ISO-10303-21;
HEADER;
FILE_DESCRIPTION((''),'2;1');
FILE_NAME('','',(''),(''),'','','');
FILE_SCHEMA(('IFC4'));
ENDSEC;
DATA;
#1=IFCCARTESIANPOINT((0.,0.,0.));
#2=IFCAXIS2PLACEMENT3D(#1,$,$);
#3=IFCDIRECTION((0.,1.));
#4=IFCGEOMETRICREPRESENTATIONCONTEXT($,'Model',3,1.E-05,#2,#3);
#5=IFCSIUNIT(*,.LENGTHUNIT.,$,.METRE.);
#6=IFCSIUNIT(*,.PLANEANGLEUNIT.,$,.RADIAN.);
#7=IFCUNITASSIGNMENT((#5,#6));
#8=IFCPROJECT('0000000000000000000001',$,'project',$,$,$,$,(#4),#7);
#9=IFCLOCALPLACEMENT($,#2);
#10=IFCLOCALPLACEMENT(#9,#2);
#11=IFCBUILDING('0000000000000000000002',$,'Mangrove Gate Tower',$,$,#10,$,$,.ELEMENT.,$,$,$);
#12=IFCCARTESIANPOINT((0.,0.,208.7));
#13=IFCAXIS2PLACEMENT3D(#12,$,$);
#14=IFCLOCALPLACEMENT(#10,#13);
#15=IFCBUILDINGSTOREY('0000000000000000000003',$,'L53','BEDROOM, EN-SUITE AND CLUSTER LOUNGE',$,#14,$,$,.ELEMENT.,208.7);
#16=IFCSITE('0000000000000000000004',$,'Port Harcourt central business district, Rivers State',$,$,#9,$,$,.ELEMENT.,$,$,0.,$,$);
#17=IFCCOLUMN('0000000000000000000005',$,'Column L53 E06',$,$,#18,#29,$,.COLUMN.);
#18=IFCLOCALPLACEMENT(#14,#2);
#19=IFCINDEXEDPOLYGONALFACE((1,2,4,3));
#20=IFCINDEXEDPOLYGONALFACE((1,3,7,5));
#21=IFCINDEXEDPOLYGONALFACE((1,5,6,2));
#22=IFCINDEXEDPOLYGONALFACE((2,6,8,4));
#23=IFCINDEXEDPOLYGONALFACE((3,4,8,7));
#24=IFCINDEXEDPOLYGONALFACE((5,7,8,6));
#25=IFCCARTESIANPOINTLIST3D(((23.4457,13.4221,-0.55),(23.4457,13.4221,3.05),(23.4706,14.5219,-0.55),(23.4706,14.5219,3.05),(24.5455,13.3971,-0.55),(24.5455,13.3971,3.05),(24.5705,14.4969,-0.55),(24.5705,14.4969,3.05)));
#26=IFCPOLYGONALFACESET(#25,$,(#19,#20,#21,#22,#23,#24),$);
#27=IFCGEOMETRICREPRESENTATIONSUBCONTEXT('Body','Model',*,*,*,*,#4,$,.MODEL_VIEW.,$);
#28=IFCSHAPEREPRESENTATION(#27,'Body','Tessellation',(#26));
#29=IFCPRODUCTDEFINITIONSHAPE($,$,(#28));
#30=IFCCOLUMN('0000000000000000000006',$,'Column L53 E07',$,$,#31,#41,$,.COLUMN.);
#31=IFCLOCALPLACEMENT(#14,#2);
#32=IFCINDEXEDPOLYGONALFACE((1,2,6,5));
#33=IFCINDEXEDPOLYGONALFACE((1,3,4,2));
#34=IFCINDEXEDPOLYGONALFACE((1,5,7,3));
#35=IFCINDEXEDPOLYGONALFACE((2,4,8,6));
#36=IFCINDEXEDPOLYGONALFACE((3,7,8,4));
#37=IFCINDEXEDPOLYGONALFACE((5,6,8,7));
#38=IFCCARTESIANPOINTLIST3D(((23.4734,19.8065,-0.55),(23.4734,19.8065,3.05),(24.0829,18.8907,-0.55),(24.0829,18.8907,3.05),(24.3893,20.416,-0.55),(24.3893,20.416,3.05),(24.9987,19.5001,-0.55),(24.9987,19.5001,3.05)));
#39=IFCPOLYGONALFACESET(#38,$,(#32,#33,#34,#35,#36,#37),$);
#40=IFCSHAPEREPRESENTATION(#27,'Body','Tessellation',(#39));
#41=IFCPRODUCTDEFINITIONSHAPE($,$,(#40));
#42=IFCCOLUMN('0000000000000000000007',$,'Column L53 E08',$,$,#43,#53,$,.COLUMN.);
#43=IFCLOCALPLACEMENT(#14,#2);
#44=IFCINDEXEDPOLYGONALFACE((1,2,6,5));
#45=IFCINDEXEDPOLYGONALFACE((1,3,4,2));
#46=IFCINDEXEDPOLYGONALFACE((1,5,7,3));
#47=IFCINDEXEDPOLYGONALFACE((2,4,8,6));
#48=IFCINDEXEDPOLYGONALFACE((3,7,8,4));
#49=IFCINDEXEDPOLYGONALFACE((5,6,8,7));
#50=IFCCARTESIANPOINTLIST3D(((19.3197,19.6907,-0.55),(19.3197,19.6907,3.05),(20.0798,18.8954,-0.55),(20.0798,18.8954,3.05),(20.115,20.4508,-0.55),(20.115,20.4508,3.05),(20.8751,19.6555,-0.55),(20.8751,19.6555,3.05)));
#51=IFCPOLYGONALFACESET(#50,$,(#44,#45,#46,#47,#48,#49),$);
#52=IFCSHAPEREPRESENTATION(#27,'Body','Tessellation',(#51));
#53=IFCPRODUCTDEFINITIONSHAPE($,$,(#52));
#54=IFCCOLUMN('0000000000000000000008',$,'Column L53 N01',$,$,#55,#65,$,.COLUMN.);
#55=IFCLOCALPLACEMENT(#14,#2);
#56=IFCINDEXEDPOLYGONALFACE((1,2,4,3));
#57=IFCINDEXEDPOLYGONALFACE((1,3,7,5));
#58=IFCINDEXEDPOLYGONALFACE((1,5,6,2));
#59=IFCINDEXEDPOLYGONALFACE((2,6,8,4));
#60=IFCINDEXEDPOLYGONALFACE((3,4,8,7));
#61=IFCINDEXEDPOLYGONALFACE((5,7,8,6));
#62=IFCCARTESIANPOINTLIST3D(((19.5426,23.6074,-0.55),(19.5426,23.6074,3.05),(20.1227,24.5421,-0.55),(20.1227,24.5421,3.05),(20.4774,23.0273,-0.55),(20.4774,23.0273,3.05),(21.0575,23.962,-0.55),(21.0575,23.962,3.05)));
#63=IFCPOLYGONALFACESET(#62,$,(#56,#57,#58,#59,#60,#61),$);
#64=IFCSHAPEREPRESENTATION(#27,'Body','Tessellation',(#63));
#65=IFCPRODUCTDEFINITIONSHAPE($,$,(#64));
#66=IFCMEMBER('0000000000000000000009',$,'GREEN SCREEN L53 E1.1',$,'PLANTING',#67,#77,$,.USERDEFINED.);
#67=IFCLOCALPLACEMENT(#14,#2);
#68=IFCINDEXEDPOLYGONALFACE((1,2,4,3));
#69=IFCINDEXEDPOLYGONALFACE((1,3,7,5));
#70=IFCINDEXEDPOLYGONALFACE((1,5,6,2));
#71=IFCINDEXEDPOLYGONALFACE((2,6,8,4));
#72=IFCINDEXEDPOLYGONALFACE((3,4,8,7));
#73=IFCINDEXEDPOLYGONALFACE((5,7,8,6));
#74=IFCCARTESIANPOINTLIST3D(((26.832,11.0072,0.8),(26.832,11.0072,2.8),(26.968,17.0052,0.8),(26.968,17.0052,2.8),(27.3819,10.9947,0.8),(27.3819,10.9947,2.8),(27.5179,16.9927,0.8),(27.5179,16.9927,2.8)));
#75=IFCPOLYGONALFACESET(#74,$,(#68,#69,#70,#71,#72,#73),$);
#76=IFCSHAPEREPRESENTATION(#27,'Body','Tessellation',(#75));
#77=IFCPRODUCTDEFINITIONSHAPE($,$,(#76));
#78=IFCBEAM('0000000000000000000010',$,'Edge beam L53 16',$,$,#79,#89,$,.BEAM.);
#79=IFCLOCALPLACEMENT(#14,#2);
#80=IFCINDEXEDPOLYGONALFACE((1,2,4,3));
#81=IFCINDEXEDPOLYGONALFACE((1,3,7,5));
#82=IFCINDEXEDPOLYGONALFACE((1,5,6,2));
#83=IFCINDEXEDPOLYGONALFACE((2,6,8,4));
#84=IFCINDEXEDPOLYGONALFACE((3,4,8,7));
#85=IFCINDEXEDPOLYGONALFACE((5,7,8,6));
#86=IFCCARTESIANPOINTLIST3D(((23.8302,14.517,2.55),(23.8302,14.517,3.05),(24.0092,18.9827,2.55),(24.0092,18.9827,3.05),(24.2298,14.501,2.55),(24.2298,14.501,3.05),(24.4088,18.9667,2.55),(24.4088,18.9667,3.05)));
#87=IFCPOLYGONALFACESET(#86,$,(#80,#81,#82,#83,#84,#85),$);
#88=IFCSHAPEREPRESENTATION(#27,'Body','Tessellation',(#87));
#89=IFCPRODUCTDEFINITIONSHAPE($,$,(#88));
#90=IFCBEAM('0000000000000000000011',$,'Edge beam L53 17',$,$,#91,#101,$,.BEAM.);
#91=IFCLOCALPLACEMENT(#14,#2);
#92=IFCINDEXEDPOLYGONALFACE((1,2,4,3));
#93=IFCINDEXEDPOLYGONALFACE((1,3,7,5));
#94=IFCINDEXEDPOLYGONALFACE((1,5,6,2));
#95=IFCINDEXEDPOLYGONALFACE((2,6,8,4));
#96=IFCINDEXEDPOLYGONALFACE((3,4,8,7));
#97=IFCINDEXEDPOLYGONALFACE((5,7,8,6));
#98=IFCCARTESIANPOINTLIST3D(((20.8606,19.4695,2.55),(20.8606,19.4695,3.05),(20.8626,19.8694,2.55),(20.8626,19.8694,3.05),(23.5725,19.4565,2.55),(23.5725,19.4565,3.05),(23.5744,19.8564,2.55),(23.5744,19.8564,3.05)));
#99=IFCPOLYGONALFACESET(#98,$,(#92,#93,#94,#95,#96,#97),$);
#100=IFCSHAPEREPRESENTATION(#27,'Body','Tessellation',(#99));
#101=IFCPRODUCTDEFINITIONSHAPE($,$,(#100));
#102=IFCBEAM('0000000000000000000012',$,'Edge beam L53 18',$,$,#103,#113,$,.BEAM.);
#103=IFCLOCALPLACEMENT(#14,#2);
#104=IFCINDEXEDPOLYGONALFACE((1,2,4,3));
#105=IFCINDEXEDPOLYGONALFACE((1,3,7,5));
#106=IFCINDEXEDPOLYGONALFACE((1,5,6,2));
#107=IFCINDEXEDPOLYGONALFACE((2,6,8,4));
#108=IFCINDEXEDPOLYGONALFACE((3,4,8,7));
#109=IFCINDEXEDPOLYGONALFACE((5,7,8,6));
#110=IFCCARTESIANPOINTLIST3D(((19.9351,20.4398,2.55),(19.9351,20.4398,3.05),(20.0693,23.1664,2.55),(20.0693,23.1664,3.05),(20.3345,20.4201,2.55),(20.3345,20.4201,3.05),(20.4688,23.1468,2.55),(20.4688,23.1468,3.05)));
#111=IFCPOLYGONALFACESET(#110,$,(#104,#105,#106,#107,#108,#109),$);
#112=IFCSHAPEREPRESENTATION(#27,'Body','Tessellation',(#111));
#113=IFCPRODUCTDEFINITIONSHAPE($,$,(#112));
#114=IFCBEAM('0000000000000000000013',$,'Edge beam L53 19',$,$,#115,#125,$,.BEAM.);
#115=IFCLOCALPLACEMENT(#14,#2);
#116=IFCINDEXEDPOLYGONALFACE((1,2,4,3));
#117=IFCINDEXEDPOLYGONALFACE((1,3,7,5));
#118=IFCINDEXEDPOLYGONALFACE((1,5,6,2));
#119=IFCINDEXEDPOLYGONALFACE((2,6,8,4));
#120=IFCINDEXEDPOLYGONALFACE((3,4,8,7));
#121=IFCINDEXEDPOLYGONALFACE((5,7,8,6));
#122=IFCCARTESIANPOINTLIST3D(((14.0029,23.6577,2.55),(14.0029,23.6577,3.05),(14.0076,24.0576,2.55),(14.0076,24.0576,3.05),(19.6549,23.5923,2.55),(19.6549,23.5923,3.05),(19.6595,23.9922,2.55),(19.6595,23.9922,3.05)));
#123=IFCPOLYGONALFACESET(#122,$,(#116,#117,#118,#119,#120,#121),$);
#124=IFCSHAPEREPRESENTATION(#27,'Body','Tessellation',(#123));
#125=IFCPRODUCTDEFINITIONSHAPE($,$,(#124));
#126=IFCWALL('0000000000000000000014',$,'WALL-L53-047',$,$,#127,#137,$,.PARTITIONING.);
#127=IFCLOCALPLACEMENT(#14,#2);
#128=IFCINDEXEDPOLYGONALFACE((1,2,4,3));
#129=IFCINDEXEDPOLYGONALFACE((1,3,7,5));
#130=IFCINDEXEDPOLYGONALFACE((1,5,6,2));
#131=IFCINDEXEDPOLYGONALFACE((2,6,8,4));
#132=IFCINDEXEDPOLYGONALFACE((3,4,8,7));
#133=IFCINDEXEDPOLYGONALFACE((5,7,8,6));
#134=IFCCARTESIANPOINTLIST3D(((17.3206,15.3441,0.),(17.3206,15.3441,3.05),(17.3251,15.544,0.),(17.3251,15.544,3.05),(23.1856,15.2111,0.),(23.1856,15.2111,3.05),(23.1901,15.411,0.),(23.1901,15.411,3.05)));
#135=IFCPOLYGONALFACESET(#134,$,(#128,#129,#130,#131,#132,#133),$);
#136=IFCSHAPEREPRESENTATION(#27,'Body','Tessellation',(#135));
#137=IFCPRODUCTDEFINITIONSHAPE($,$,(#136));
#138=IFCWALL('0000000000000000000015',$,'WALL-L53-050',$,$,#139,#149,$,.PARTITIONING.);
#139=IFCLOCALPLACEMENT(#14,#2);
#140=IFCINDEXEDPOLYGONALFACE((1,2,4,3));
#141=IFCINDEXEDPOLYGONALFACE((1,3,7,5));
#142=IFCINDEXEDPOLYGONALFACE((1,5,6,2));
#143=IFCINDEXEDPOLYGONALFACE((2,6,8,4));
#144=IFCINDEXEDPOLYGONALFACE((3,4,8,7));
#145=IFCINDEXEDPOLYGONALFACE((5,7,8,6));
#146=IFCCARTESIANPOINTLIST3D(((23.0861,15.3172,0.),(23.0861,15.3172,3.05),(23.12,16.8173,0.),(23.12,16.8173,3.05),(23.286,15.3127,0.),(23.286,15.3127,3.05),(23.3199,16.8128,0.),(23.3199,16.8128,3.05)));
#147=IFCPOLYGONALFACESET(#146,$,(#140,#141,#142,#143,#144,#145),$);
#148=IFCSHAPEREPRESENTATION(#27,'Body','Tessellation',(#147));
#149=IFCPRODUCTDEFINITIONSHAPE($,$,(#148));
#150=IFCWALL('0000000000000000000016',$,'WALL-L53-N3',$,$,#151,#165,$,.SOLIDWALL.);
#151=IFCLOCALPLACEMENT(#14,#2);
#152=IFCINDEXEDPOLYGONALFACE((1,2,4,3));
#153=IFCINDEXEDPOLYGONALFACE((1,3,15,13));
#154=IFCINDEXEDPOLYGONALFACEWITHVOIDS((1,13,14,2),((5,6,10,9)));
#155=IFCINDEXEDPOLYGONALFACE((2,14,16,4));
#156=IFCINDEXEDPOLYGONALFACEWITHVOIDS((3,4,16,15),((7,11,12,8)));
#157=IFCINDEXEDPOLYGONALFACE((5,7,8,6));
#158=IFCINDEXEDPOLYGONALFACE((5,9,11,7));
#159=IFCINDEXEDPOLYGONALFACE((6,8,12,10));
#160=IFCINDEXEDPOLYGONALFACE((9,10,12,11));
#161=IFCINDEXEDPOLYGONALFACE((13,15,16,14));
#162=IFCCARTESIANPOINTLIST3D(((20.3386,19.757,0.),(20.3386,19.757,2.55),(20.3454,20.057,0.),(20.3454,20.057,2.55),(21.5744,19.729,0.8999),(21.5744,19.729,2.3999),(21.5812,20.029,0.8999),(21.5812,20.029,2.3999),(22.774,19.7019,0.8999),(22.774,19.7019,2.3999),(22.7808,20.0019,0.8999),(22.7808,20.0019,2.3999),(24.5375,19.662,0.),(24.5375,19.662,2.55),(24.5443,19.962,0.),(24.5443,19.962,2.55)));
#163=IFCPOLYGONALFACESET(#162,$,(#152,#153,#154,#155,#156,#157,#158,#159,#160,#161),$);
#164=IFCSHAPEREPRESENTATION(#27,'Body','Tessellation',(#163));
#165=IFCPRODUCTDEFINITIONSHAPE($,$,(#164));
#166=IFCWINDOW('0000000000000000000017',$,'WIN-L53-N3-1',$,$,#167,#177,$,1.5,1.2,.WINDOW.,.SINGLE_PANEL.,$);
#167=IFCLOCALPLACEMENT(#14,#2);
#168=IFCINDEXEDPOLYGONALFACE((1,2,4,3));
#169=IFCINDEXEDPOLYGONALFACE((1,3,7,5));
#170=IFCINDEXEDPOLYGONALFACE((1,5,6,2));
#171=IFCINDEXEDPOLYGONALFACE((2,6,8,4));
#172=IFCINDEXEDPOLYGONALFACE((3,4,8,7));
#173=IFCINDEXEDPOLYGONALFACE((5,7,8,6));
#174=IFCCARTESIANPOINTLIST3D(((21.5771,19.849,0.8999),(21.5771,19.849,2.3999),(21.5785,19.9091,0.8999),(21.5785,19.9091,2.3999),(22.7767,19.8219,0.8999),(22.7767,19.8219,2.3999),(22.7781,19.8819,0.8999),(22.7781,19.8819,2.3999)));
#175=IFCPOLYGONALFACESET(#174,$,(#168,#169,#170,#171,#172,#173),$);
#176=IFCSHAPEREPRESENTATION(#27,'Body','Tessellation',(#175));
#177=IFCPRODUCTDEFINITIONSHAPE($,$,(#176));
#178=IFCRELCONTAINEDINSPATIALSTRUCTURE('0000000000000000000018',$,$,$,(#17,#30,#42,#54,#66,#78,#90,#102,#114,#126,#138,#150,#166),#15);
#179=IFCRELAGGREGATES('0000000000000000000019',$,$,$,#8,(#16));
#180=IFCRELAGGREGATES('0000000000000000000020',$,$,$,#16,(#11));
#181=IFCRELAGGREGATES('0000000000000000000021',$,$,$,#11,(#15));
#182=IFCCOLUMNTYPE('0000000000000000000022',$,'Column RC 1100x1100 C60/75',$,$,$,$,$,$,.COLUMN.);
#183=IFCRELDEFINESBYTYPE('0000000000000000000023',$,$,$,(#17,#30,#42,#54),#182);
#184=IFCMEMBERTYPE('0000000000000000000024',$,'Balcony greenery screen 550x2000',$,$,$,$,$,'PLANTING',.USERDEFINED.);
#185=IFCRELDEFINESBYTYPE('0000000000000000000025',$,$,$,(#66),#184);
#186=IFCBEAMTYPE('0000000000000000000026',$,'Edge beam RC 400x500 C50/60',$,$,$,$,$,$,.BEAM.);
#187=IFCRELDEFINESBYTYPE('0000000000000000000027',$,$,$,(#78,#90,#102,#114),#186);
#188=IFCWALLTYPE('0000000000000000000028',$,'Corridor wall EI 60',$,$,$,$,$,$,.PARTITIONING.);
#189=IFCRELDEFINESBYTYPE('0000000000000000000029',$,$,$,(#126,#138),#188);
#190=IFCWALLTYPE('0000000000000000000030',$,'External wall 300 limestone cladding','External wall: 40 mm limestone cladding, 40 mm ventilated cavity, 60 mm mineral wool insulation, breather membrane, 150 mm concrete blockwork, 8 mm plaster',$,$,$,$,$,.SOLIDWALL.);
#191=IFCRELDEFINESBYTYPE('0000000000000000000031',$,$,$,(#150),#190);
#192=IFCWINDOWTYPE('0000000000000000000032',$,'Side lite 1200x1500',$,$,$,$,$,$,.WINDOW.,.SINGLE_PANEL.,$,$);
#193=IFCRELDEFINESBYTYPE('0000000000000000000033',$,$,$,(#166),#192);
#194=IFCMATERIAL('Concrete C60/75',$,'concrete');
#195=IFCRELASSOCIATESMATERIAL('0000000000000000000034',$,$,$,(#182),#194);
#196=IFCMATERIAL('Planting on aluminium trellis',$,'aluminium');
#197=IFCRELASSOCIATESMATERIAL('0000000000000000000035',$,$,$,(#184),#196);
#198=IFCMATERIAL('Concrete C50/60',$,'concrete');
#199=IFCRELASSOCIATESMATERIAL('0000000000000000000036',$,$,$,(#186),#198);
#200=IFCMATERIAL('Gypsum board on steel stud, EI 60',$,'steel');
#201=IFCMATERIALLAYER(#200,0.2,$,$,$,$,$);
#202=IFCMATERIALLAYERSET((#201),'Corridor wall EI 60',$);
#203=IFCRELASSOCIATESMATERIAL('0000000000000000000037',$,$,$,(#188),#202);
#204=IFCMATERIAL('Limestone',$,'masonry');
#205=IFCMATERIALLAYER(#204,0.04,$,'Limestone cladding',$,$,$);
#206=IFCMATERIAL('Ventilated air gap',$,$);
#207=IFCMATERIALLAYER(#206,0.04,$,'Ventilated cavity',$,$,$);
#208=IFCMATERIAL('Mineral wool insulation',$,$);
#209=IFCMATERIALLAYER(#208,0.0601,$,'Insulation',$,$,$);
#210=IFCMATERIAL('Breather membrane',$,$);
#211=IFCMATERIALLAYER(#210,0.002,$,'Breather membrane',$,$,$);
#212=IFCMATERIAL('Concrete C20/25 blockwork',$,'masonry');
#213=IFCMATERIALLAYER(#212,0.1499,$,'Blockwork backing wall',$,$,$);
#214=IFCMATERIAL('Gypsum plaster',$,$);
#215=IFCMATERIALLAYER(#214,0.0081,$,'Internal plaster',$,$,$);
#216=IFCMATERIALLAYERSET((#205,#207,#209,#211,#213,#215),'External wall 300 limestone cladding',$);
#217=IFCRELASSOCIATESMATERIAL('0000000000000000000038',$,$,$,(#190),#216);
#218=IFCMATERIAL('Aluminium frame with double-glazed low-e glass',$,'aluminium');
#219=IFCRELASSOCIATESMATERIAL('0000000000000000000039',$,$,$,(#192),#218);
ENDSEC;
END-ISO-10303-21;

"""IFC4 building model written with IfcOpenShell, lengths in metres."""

from ifc_helpers import new_model, si_unit, direction, frame, frame_2d, origin, origin_2d, place, context, subcontext, project, spatial, rectangle, extrude, material, layer, layer_set, material_profile, profile_set, type_object, element, fill, save


model = new_model("IFC4")

# Units and contexts
model_context = context("Model", 3, precision=1e-05, world=origin(), true_north=direction((0.0, 1.0)))
body_context = subcontext(model_context, "Body", "Model", "MODEL_VIEW")
ifc_project = project(units=[si_unit("LENGTHUNIT", "METRE"), si_unit("PLANEANGLEUNIT", "RADIAN")], contexts=[model_context])

# Site, building, storey
site_placement = place(None, origin())
site = spatial("IfcSite", under=ifc_project, at=site_placement, Name="Port Harcourt central business district, Rivers State", CompositionType="ELEMENT", RefElevation=0.0)
building_placement = place(site_placement, origin())
building = spatial("IfcBuilding", under=site, at=building_placement, Name="Mangrove Gate Tower", CompositionType="ELEMENT")
storey_placement = place(building_placement, frame((0.0, 0.0, 208.7)))
storey = spatial("IfcBuildingStorey", under=building, at=storey_placement, Name="L53", Description="BEDROOM, EN-SUITE AND CLUSTER LOUNGE", CompositionType="ELEMENT", Elevation=208.7)

# Columns
ifc_material_1 = material(Name="Concrete C60/75", Category="concrete")
ifc_material_profile_1 = material_profile(ifc_material_1, rectangle(XDim=1.1001, YDim=1.1001, at=origin_2d()))
ifc_profile_set_1 = profile_set([ifc_material_profile_1], Name="Concrete C60/75")
column_type = type_object("IfcColumnType", Name="Column RC 1100x1100 C60/75", PredefinedType="COLUMN", material=ifc_profile_set_1)
for number, where, z_axis, x_axis, name in (
    (1, (24.0081, 13.9595, -0.55), (0.0, 0.0, 1.0), (0.022704, 0.999742, 0.0), "Column L53 E06"),
    (2, (24.2361, 19.6533, -0.55), (0.0, 0.0, 1.0), (-0.553976, 0.832532, 0.0), "Column L53 E07"),
    (3, (20.0974, 19.6731, -0.55), (0.0, 0.0, 1.0), (-0.690932, 0.72292, 0.0), "Column L53 E08"),
    (4, (20.3, 23.7847, -0.55), (0.0, 0.0, 1.0), (-0.849672, 0.527312, 0.0), "Column L53 N01"),
):
    element("IfcColumn", number, at=place(storey_placement, frame(where, z_axis=z_axis, x_axis=x_axis)), inside=storey, type_object=column_type, Name=name, PredefinedType="COLUMN", context=body_context, shape_type="SweptSolid", body=[
        extrude(rectangle(XDim=1.1001, YDim=1.1001, at=origin_2d()), origin(), (0.0, 0.0, 1.0), 3.6001),
    ])

# Member
ifc_material_2 = material(Name="Planting on aluminium trellis", Category="aluminium")
ifc_material_profile_2 = material_profile(ifc_material_2, rectangle(XDim=0.55, YDim=2.0, at=origin_2d()))
ifc_profile_set_2 = profile_set([ifc_material_profile_2], Name="Planting on aluminium trellis")
member_type = type_object("IfcMemberType", Name="Balcony greenery screen 550x2000", ElementType="PLANTING", PredefinedType="USERDEFINED", material=ifc_profile_set_2)
member_placement = place(storey_placement, frame((27.1069, 11.001, 1.8), z_axis=(0.022666, 0.999743, 0.0), x_axis=(-0.999743, 0.022666, 0.0)))
element("IfcMember", 5, at=member_placement, inside=storey, type_object=member_type, Name="GREEN SCREEN L53 E1.1", ObjectType="PLANTING", PredefinedType="USERDEFINED", context=body_context, shape_type="SweptSolid", body=[
    extrude(rectangle(XDim=0.55, YDim=2.0, at=origin_2d()), origin(), (0.0, 0.0, 1.0), 5.9995),
])

# Beams
ifc_material_3 = material(Name="Concrete C50/60", Category="concrete")
ifc_material_profile_3 = material_profile(ifc_material_3, rectangle(XDim=0.3999, YDim=0.5, at=origin_2d()))
ifc_profile_set_3 = profile_set([ifc_material_profile_3], Name="Concrete C50/60")
beam_type = type_object("IfcBeamType", Name="Edge beam RC 400x500 C50/60", PredefinedType="BEAM", material=ifc_profile_set_3)
beam_1_placement = place(storey_placement, frame((24.03, 14.509, 2.8), z_axis=(0.040042, 0.999198, 0.0), x_axis=(-0.999198, 0.040042, 0.0)))
element("IfcBeam", 6, at=beam_1_placement, inside=storey, type_object=beam_type, Name="Edge beam L53 16", PredefinedType="BEAM", context=body_context, shape_type="SweptSolid", body=[
    extrude(rectangle(XDim=0.3999, YDim=0.5, at=origin_2d()), origin(), (0.0, 0.0, 1.0), 4.4692),
])
beam_2_placement = place(storey_placement, frame((23.5735, 19.6565, 2.8), z_axis=(-0.999989, 0.004771, 0.0), x_axis=(-0.004771, -0.999989, 0.0)))
element("IfcBeam", 7, at=beam_2_placement, inside=storey, type_object=beam_type, Name="Edge beam L53 17", PredefinedType="BEAM", context=body_context, shape_type="SweptSolid", body=[
    extrude(rectangle(XDim=0.3999, YDim=0.5, at=origin_2d()), origin(), (0.0, 0.0, 1.0), 2.7119),
])
beam_3_placement = place(storey_placement, frame((20.1348, 20.4299, 2.8), z_axis=(0.049188, 0.99879, 0.0), x_axis=(-0.99879, 0.049188, 0.0)))
element("IfcBeam", 8, at=beam_3_placement, inside=storey, type_object=beam_type, Name="Edge beam L53 18", PredefinedType="BEAM", context=body_context, shape_type="SweptSolid", body=[
    extrude(rectangle(XDim=0.3999, YDim=0.5, at=origin_2d()), origin(), (0.0, 0.0, 1.0), 2.73),
])
beam_4_placement = place(storey_placement, frame((19.6572, 23.7922, 2.8), z_axis=(-0.999933, 0.011576, 0.0), x_axis=(-0.011576, -0.999933, 0.0)))
element("IfcBeam", 9, at=beam_4_placement, inside=storey, type_object=beam_type, Name="Edge beam L53 19", PredefinedType="BEAM", context=body_context, shape_type="SweptSolid", body=[
    extrude(rectangle(XDim=0.3999, YDim=0.5, at=origin_2d()), origin(), (0.0, 0.0, 1.0), 5.6523),
])

# Walls
ifc_material_4 = material(Name="Gypsum board on steel stud, EI 60", Category="steel")
ifc_layer_1 = layer(ifc_material_4, 0.2)
ifc_layer_set_1 = layer_set([ifc_layer_1], Name="Corridor wall EI 60")
wall_type_1 = type_object("IfcWallType", Name="Corridor wall EI 60", PredefinedType="PARTITIONING", material=ifc_layer_set_1)
wall_1_placement = place(storey_placement, frame((17.323, 15.4441, 0.0), z_axis=(0.0, 0.0, 1.0), x_axis=(0.999743, -0.022681, 0.0)))
element("IfcWall", 10, at=wall_1_placement, inside=storey, type_object=wall_type_1, Name="WALL-L53-047", PredefinedType="PARTITIONING", context=body_context, shape_type="SweptSolid", body=[
    extrude(rectangle(XDim=5.8665, YDim=0.2, at=frame_2d((2.9331, 0.0))), origin(), (0.0, 0.0, 1.0), 3.05),
])
wall_2_placement = place(storey_placement, frame((23.186, 15.3149, 0.0), z_axis=(0.0, 0.0, 1.0), x_axis=(0.022618, 0.999744, 0.0)))
element("IfcWall", 11, at=wall_2_placement, inside=storey, type_object=wall_type_1, Name="WALL-L53-050", PredefinedType="PARTITIONING", context=body_context, shape_type="SweptSolid", body=[
    extrude(rectangle(XDim=1.5005, YDim=0.2, at=frame_2d((0.7502, 0.0))), origin(), (0.0, 0.0, 1.0), 3.05),
])

# Wall, opening, window
ifc_material_5 = material(Name="Limestone", Category="masonry")
ifc_layer_2 = layer(ifc_material_5, 0.04, Name="Limestone cladding")
ifc_material_6 = material(Name="Ventilated air gap")
ifc_layer_3 = layer(ifc_material_6, 0.04, Name="Ventilated cavity")
ifc_material_7 = material(Name="Mineral wool insulation")
ifc_layer_4 = layer(ifc_material_7, 0.0601, Name="Insulation")
ifc_material_8 = material(Name="Breather membrane")
ifc_layer_5 = layer(ifc_material_8, 0.002, Name="Breather membrane")
ifc_material_9 = material(Name="Concrete C20/25 blockwork", Category="masonry")
ifc_layer_6 = layer(ifc_material_9, 0.1499, Name="Blockwork backing wall")
ifc_material_10 = material(Name="Gypsum plaster")
ifc_layer_7 = layer(ifc_material_10, 0.0081, Name="Internal plaster")
ifc_layer_set_2 = layer_set([ifc_layer_2, ifc_layer_3, ifc_layer_4, ifc_layer_5, ifc_layer_6, ifc_layer_7], Name="External wall 300 limestone cladding")
wall_type_2 = type_object("IfcWallType", Name="External wall 300 limestone cladding", Description="External wall: 40 mm limestone cladding, 40 mm ventilated cavity, 60 mm mineral wool insulation, breather membrane, 150 mm concrete blockwork, 8 mm plaster", PredefinedType="SOLIDWALL", material=ifc_layer_set_2)
wall_3_placement = place(storey_placement, frame((24.541, 19.812, 0.0), z_axis=(0.0, 0.0, 1.0), x_axis=(-0.999744, 0.022612, 0.0)))
wall_3 = element("IfcWall", 12, at=wall_3_placement, inside=storey, type_object=wall_type_2, Name="WALL-L53-N3", PredefinedType="SOLIDWALL", context=body_context, shape_type="SweptSolid", body=[
    extrude(rectangle(XDim=4.2, YDim=0.3, at=frame_2d((2.1001, 0.0))), origin(), (0.0, 0.0, 1.0), 2.55),
])
opening_1_placement = place(wall_3_placement, frame((1.7639, 0.0, 0.8999)))
opening_1 = element("IfcOpeningElement", 13, at=opening_1_placement, cuts=wall_3, PredefinedType="OPENING", context=body_context, shape_type="SweptSolid", body=[
    extrude(rectangle(XDim=1.2, YDim=1.5, at=frame_2d((0.6001, 0.75))), frame((0.0, 0.1599, 0.0), z_axis=(0.0, -1.0, 0.0), x_axis=(1.0, 0.0, 0.0)), (0.0, 0.0, 1.0), 0.3201),
])
ifc_material_11 = material(Name="Aluminium frame with double-glazed low-e glass", Category="aluminium")
window_type_1 = type_object("IfcWindowType", Name="Side lite 1200x1500", PartitioningType="SINGLE_PANEL", PredefinedType="WINDOW", material=ifc_material_11)
window_1_placement = place(opening_1_placement, origin())
window_1 = element("IfcWindow", 14, at=window_1_placement, inside=storey, type_object=window_type_1, Name="WIN-L53-N3-1", OverallHeight=1.5, OverallWidth=1.2, PartitioningType="SINGLE_PANEL", PredefinedType="WINDOW", context=body_context, shape_type="SweptSolid", body=[
    extrude(rectangle(XDim=1.2, YDim=1.5, at=frame_2d((0.6001, 0.75))), frame((0.0, 0.03, 0.0), z_axis=(0.0, -1.0, 0.0), x_axis=(1.0, 0.0, 0.0)), (0.0, 0.0, 1.0), 0.0601),
])
fill(opening_1, window_1)

save(model, "model.ifc")
